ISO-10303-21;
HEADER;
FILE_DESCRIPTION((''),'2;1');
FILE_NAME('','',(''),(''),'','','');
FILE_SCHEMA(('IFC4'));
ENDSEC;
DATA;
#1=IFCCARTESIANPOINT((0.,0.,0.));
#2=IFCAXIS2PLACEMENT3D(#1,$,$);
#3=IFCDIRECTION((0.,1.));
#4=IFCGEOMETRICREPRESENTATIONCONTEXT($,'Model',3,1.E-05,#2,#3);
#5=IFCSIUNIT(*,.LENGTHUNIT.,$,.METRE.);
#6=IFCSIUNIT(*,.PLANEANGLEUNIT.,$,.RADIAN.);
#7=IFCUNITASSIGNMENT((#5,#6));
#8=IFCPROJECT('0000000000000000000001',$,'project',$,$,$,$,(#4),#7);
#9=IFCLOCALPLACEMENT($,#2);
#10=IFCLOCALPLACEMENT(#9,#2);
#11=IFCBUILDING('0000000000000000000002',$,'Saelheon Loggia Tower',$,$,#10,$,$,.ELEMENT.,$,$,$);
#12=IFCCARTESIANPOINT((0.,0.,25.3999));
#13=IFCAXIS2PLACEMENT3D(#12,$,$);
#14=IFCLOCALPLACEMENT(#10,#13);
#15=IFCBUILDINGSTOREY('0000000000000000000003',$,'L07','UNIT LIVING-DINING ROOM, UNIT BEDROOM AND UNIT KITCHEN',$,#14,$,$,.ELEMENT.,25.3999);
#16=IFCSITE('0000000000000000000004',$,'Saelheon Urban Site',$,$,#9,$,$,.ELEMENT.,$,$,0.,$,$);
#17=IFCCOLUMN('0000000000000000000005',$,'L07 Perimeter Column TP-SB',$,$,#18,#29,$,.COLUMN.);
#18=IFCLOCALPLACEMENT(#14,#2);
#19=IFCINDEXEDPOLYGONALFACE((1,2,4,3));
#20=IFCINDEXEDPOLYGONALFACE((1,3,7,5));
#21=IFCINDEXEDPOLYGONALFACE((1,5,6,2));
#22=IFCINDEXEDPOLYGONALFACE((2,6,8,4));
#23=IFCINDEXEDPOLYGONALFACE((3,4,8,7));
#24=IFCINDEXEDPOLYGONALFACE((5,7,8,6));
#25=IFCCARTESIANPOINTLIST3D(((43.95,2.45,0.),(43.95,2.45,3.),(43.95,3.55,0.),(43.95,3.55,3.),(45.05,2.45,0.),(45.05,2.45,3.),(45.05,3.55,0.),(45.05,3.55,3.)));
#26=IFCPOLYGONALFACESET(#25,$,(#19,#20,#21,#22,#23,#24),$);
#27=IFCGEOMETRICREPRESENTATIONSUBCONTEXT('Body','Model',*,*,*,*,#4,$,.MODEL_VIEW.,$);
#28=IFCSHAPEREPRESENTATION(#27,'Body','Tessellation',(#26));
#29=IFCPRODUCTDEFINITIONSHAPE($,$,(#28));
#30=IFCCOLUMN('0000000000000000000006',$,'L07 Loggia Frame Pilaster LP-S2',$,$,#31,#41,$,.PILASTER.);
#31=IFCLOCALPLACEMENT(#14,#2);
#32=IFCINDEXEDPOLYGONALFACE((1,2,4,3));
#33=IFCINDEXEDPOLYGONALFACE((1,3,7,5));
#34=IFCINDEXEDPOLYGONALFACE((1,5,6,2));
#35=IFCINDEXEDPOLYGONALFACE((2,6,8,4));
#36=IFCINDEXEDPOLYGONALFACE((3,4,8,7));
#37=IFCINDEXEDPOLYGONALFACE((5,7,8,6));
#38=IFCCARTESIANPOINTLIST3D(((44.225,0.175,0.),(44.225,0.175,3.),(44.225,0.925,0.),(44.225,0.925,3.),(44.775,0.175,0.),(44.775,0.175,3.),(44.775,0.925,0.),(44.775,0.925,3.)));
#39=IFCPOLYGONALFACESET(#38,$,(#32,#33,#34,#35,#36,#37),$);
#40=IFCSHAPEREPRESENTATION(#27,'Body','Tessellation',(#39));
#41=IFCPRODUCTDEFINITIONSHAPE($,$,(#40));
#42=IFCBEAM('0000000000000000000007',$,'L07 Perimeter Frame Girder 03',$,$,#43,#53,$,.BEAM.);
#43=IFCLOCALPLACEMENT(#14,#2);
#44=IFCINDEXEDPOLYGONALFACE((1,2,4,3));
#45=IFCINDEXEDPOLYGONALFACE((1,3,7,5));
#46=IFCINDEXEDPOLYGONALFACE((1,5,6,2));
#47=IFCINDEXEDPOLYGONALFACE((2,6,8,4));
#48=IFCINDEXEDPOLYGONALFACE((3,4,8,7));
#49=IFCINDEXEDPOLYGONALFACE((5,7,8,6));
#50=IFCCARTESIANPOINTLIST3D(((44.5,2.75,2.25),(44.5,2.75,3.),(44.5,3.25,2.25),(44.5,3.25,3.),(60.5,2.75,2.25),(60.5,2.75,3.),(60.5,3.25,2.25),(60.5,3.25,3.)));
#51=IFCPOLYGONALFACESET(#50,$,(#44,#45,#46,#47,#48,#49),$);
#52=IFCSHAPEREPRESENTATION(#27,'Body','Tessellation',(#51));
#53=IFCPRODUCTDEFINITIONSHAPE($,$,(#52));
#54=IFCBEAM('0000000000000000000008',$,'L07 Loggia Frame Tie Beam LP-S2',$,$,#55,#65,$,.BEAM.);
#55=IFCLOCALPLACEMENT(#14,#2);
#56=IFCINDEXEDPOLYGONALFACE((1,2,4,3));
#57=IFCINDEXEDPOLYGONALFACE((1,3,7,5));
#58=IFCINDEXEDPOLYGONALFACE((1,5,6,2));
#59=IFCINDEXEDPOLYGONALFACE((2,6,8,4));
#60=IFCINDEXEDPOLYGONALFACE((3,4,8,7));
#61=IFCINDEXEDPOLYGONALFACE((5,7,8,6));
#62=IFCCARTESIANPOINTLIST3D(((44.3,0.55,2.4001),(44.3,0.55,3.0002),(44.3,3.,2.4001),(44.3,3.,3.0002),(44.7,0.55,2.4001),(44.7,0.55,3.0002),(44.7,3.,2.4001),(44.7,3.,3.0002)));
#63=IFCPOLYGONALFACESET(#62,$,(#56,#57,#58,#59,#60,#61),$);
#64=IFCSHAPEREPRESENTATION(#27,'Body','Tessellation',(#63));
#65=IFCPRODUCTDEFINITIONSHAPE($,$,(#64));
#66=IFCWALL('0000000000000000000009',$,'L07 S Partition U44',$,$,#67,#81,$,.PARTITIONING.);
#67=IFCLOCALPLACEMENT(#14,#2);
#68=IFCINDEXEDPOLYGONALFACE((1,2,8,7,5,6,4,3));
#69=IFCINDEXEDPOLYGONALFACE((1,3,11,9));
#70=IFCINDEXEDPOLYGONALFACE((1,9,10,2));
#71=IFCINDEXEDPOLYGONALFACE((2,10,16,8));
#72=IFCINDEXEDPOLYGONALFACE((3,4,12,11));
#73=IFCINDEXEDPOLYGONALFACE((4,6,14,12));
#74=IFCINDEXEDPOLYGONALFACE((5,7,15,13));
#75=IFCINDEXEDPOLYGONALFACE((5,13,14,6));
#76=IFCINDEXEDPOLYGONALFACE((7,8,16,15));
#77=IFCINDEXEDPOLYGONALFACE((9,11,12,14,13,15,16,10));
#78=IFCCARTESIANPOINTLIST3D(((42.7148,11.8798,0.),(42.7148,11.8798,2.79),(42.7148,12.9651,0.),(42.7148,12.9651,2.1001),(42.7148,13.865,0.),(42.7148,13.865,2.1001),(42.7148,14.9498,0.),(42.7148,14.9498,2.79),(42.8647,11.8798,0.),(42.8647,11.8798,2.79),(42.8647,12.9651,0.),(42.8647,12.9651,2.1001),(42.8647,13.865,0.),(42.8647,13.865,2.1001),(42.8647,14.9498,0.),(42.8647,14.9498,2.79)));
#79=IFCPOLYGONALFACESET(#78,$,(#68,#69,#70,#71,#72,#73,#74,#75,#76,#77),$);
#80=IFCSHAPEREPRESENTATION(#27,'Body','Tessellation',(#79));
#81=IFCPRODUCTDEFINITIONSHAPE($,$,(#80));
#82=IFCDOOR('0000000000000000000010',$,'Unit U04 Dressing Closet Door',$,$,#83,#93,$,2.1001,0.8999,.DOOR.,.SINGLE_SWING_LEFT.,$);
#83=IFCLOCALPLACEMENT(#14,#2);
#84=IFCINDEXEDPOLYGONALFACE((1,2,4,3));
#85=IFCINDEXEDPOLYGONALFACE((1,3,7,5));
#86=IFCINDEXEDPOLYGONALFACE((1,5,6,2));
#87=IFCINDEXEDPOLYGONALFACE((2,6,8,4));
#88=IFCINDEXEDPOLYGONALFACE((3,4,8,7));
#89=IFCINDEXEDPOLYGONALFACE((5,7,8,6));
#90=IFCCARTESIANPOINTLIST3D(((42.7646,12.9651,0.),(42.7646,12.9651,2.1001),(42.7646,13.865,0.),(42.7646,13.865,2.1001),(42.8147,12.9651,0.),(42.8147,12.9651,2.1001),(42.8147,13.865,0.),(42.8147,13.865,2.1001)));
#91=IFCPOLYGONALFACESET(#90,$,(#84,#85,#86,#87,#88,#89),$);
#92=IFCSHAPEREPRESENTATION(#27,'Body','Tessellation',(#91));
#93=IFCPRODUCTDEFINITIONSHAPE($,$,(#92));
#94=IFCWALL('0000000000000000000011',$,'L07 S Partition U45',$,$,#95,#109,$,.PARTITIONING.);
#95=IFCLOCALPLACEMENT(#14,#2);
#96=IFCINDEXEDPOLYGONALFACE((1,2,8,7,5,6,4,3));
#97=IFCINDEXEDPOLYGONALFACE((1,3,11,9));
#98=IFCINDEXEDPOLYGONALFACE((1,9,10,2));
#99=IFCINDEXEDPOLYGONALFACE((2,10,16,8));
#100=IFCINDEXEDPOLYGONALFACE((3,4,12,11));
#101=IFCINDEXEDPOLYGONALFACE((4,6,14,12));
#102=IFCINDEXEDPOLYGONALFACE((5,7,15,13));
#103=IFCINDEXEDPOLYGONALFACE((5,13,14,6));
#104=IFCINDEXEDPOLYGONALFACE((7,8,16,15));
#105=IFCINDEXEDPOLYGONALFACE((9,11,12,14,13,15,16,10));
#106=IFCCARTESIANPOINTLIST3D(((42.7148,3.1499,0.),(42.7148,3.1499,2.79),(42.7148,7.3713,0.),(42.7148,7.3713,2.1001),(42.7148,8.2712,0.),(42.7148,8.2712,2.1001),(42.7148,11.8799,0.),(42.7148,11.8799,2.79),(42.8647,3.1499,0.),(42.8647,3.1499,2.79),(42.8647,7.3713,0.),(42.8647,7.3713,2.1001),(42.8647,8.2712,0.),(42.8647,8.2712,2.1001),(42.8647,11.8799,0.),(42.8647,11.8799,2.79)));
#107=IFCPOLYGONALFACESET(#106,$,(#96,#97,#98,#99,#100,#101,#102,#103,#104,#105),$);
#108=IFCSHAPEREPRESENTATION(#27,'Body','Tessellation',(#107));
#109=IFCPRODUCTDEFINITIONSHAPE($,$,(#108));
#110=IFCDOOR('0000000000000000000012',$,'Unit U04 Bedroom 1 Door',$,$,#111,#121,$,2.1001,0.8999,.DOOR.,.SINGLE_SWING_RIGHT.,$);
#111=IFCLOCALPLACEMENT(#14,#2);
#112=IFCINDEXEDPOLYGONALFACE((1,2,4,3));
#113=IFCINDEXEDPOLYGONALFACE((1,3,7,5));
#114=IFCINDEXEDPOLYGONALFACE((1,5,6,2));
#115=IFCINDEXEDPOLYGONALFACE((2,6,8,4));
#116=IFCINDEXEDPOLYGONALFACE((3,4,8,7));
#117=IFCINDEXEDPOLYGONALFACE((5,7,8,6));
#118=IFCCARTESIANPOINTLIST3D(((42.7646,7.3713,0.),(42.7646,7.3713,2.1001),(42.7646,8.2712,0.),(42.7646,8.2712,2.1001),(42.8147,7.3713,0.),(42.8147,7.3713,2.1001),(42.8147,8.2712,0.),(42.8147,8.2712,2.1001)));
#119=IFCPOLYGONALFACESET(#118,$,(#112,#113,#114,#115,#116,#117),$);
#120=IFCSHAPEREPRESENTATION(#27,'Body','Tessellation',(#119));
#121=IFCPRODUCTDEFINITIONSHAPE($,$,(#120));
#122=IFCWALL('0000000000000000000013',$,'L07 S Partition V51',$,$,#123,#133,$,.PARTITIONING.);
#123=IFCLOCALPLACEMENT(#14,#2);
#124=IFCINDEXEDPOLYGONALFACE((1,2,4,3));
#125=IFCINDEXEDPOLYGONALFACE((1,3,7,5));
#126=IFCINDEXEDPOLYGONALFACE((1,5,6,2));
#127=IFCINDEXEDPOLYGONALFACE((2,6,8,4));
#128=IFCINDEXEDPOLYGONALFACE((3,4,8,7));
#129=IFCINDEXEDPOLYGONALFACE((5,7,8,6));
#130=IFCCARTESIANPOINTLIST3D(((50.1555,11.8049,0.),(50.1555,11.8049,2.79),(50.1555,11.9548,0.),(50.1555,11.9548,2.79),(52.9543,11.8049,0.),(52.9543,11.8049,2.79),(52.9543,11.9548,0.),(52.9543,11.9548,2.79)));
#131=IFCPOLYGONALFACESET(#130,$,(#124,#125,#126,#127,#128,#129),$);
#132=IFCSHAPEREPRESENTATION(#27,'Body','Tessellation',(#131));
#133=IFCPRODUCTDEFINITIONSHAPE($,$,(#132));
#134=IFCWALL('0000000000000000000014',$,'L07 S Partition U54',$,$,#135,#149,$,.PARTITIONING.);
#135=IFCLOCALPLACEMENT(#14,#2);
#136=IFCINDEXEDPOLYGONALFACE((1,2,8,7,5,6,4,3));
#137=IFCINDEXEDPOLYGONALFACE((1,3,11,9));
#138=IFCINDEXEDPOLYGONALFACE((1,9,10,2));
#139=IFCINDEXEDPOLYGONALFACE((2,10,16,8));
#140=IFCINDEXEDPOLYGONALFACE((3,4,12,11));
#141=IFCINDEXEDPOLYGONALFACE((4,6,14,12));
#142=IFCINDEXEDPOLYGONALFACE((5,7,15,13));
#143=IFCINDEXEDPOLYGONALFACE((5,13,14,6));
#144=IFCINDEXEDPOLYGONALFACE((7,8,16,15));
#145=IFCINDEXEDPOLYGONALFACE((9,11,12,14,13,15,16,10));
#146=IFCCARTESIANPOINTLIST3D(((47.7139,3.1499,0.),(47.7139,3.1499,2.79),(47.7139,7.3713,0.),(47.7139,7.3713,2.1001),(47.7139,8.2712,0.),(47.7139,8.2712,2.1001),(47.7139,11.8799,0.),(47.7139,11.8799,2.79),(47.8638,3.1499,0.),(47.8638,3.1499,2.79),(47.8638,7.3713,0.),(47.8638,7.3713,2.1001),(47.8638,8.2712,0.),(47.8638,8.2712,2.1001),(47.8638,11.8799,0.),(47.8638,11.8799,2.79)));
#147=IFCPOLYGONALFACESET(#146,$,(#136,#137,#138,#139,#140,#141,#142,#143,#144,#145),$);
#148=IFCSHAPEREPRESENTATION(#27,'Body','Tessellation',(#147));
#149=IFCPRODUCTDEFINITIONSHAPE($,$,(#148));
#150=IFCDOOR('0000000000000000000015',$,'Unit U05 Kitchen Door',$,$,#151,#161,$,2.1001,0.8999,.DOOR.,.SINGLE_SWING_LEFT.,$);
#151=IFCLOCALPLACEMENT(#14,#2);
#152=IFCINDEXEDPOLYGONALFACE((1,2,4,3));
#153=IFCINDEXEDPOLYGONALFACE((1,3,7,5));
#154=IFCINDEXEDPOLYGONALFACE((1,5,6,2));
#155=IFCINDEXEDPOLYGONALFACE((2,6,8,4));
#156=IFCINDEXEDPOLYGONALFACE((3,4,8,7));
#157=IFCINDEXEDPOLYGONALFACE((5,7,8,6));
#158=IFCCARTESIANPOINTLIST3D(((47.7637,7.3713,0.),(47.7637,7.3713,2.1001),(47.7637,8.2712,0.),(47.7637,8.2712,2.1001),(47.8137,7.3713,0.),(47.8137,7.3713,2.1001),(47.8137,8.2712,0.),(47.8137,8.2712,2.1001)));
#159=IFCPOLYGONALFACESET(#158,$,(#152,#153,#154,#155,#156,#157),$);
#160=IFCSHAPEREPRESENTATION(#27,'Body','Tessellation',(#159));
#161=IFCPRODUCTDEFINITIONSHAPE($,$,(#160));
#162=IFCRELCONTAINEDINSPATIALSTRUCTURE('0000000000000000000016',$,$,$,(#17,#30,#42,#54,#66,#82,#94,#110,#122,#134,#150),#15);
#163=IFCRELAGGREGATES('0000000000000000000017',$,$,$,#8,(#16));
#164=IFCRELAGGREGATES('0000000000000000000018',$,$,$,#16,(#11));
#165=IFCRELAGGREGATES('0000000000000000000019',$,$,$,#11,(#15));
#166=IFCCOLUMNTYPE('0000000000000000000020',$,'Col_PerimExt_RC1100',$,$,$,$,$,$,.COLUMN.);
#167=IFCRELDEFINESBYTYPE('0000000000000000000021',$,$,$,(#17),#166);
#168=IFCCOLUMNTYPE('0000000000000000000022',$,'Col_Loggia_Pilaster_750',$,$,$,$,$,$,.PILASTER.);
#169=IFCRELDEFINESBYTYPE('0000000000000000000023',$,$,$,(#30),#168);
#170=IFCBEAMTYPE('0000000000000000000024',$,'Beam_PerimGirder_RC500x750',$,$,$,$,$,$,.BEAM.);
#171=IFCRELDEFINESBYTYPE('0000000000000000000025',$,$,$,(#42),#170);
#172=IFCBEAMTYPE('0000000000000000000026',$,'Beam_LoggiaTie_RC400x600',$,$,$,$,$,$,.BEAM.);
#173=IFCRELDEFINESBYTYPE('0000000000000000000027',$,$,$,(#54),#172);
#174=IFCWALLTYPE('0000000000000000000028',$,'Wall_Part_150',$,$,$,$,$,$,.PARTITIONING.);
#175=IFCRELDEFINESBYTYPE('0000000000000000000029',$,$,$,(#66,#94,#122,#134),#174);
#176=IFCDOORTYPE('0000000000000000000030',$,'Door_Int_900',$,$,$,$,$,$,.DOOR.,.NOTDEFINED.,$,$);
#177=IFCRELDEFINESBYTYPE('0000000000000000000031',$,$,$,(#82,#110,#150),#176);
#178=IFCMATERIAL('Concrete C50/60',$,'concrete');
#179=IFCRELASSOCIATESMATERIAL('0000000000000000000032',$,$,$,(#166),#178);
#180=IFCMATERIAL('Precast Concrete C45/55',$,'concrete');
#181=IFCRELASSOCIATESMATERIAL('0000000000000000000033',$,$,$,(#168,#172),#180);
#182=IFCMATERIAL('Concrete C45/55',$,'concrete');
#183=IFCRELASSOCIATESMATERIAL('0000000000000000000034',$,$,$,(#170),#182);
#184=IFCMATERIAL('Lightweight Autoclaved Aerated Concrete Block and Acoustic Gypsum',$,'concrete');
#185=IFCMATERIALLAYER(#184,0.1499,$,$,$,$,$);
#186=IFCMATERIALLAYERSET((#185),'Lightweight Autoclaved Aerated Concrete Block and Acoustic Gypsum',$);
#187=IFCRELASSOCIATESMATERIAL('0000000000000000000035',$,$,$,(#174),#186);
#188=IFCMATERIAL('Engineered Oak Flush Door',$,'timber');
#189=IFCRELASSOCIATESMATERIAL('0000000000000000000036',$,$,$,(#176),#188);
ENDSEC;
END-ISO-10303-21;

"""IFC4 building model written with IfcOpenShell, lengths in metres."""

from ifc_helpers import new_model, si_unit, direction, frame, frame_2d, origin, origin_2d, place, context, subcontext, project, spatial, rectangle, extrude, source, transform, mapped, material, layer, layer_set, material_profile, profile_set, type_object, element, fill, save


model = new_model("IFC4")

# Units and contexts
model_context = context("Model", 3, precision=1e-05, world=origin(), true_north=direction((0.0, 1.0)))
body_context = subcontext(model_context, "Body", "Model", "MODEL_VIEW")
ifc_project = project(units=[si_unit("LENGTHUNIT", "METRE"), si_unit("PLANEANGLEUNIT", "RADIAN")], contexts=[model_context])

# Site, building, storey
site_placement = place(None, origin())
site = spatial("IfcSite", under=ifc_project, at=site_placement, Name="Saelheon Urban Site", CompositionType="ELEMENT", RefElevation=0.0)
building_placement = place(site_placement, origin())
building = spatial("IfcBuilding", under=site, at=building_placement, Name="Saelheon Loggia Tower", CompositionType="ELEMENT")
storey_placement = place(building_placement, frame((0.0, 0.0, 25.3999)))
storey = spatial("IfcBuildingStorey", under=building, at=storey_placement, Name="L07", Description="UNIT LIVING-DINING ROOM, UNIT BEDROOM AND UNIT KITCHEN", CompositionType="ELEMENT", Elevation=25.3999)

# Columns
ifc_material_1 = material(Name="Concrete C50/60", Category="concrete")
ifc_material_profile_1 = material_profile(ifc_material_1, rectangle(XDim=1.1001, YDim=1.1001, at=origin_2d()), Name="RC-1100x1100")
ifc_profile_set_1 = profile_set([ifc_material_profile_1], Name="Concrete C50/60")
column_type_1 = type_object("IfcColumnType", Name="Col_PerimExt_RC1100", PredefinedType="COLUMN", material=ifc_profile_set_1)
shared_shape_1 = source(origin(), body_context, "Body", "SweptSolid", [
    extrude(rectangle(XDim=1.1001, YDim=1.1001, at=origin_2d()), origin(), (0.0, 0.0, 1.0), 3.0),
])
column_1_placement = place(storey_placement, frame((44.5, 3.0, 0.0), z_axis=(0.0, 0.0, 1.0), x_axis=(1.0, 0.0, 0.0)))
element("IfcColumn", 1, at=column_1_placement, inside=storey, type_object=column_type_1, Name="L07 Perimeter Column TP-SB", PredefinedType="COLUMN", context=body_context, shape_type="MappedRepresentation", body=[
    mapped(shared_shape_1, transform((0.0, 0.0, 0.0), scale=1.0)),
])
ifc_material_2 = material(Name="Precast Concrete C45/55", Category="concrete")
ifc_material_profile_2 = material_profile(ifc_material_2, rectangle(XDim=0.55, YDim=0.75, at=origin_2d()), Name="RC-550x750")
ifc_profile_set_2 = profile_set([ifc_material_profile_2], Name="Precast Concrete C45/55")
column_type_2 = type_object("IfcColumnType", Name="Col_Loggia_Pilaster_750", PredefinedType="PILASTER", material=ifc_profile_set_2)
shared_shape_2 = source(origin(), body_context, "Body", "SweptSolid", [
    extrude(rectangle(XDim=0.55, YDim=0.75, at=origin_2d()), origin(), (0.0, 0.0, 1.0), 3.0),
])
column_2_placement = place(storey_placement, frame((44.5, 0.55, 0.0), z_axis=(0.0, 0.0, 1.0), x_axis=(1.0, 0.0, 0.0)))
element("IfcColumn", 2, at=column_2_placement, inside=storey, type_object=column_type_2, Name="L07 Loggia Frame Pilaster LP-S2", PredefinedType="PILASTER", context=body_context, shape_type="MappedRepresentation", body=[
    mapped(shared_shape_2, transform((0.0, 0.0, 0.0), scale=1.0)),
])

# Beams
ifc_material_3 = material(Name="Concrete C45/55", Category="concrete")
ifc_material_profile_3 = material_profile(ifc_material_3, rectangle(XDim=0.5, YDim=0.75, at=origin_2d()), Name="RC-500x750")
ifc_profile_set_3 = profile_set([ifc_material_profile_3], Name="Concrete C45/55")
beam_type_1 = type_object("IfcBeamType", Name="Beam_PerimGirder_RC500x750", PredefinedType="BEAM", material=ifc_profile_set_3)
shared_shape_3 = source(origin(), body_context, "Body", "SweptSolid", [
    extrude(rectangle(XDim=0.5, YDim=0.75, at=origin_2d()), origin(), (0.0, 0.0, 1.0), 16.0),
])
beam_1_placement = place(storey_placement, frame((44.5, 3.0, 2.625), z_axis=(1.0, 0.0, 0.0), x_axis=(0.0, 1.0, 0.0)))
element("IfcBeam", 3, at=beam_1_placement, inside=storey, type_object=beam_type_1, Name="L07 Perimeter Frame Girder 03", PredefinedType="BEAM", context=body_context, shape_type="MappedRepresentation", body=[
    mapped(shared_shape_3, transform((0.0, 0.0, 0.0), scale=1.0)),
])
ifc_material_profile_4 = material_profile(ifc_material_2, rectangle(XDim=0.3999, YDim=0.6001, at=origin_2d()), Name="RC-400x600")
ifc_profile_set_4 = profile_set([ifc_material_profile_4], Name="Precast Concrete C45/55")
beam_type_2 = type_object("IfcBeamType", Name="Beam_LoggiaTie_RC400x600", PredefinedType="BEAM", material=ifc_profile_set_4)
shared_shape_4 = source(origin(), body_context, "Body", "SweptSolid", [
    extrude(rectangle(XDim=0.3999, YDim=0.6001, at=origin_2d()), origin(), (0.0, 0.0, 1.0), 2.45),
])
beam_2_placement = place(storey_placement, frame((44.5, 3.0, 2.7002), z_axis=(0.0, -1.0, 0.0), x_axis=(1.0, 0.0, 0.0)))
element("IfcBeam", 4, at=beam_2_placement, inside=storey, type_object=beam_type_2, Name="L07 Loggia Frame Tie Beam LP-S2", PredefinedType="BEAM", context=body_context, shape_type="MappedRepresentation", body=[
    mapped(shared_shape_4, transform((0.0, 0.0, 0.0), scale=1.0)),
])

# Walls, openings, doors
ifc_material_4 = material(Name="Lightweight Autoclaved Aerated Concrete Block and Acoustic Gypsum", Category="concrete")
ifc_layer_1 = layer(ifc_material_4, 0.1499)
ifc_layer_set_1 = layer_set([ifc_layer_1], Name="Lightweight Autoclaved Aerated Concrete Block and Acoustic Gypsum")
wall_type_1 = type_object("IfcWallType", Name="Wall_Part_150", PredefinedType="PARTITIONING", material=ifc_layer_set_1)
wall_1_placement = place(storey_placement, frame((42.7898, 14.95, 0.0), z_axis=(0.0, 0.0, 1.0), x_axis=(0.0, -1.0, 0.0)))
wall_1 = element("IfcWall", 5, at=wall_1_placement, inside=storey, type_object=wall_type_1, Name="L07 S Partition U44", PredefinedType="PARTITIONING", context=body_context, shape_type="SweptSolid", body=[
    extrude(rectangle(XDim=3.0701, YDim=0.1499, at=frame_2d((1.5352, 0.0))), origin(), (0.0, 0.0, 1.0), 2.79),
])
opening_1_placement = place(wall_1_placement, frame((1.085, 0.0, 0.0)))
opening_1 = element("IfcOpeningElement", 6, at=opening_1_placement, cuts=wall_1, PredefinedType="OPENING", context=body_context, shape_type="SweptSolid", body=[
    extrude(rectangle(XDim=0.8999, YDim=2.1001, at=frame_2d((0.45, 1.05))), frame((0.0, 0.0869, 0.0), z_axis=(0.0, -1.0, 0.0), x_axis=(1.0, 0.0, 0.0)), (0.0, 0.0, 1.0), 0.1738),
])
ifc_material_5 = material(Name="Engineered Oak Flush Door", Category="timber")
door_type = type_object("IfcDoorType", Name="Door_Int_900", OperationType="NOTDEFINED", PredefinedType="DOOR", material=ifc_material_5)
shared_shape_5 = source(origin(), body_context, "Body", "SweptSolid", [
    extrude(rectangle(XDim=0.8999, YDim=2.1001, at=frame_2d((0.45, 1.05))), frame((0.0, 0.0249, 0.0), z_axis=(0.0, -1.0, 0.0), x_axis=(1.0, 0.0, 0.0)), (0.0, 0.0, 1.0), 0.05),
])
door_1_placement = place(opening_1_placement, origin())
door_1 = element("IfcDoor", 7, at=door_1_placement, inside=storey, type_object=door_type, Name="Unit U04 Dressing Closet Door", OperationType="SINGLE_SWING_LEFT", OverallHeight=2.1001, OverallWidth=0.8999, PredefinedType="DOOR", context=body_context, shape_type="MappedRepresentation", body=[
    mapped(shared_shape_5, transform((0.0, 0.0, 0.0), scale=1.0)),
])
fill(opening_1, door_1)
wall_2_placement = place(storey_placement, frame((42.7898, 11.8799, 0.0), z_axis=(0.0, 0.0, 1.0), x_axis=(0.0, -1.0, 0.0)))
wall_2 = element("IfcWall", 8, at=wall_2_placement, inside=storey, type_object=wall_type_1, Name="L07 S Partition U45", PredefinedType="PARTITIONING", context=body_context, shape_type="SweptSolid", body=[
    extrude(rectangle(XDim=8.73, YDim=0.1499, at=frame_2d((4.365, 0.0))), origin(), (0.0, 0.0, 1.0), 2.79),
])
opening_2_placement = place(wall_2_placement, frame((3.6086, 0.0, 0.0)))
opening_2 = element("IfcOpeningElement", 9, at=opening_2_placement, cuts=wall_2, PredefinedType="OPENING", context=body_context, shape_type="SweptSolid", body=[
    extrude(rectangle(XDim=0.8999, YDim=2.1001, at=frame_2d((0.45, 1.05))), frame((0.0, 0.0869, 0.0), z_axis=(0.0, -1.0, 0.0), x_axis=(1.0, 0.0, 0.0)), (0.0, 0.0, 1.0), 0.1738),
])
door_2_placement = place(opening_2_placement, origin())
door_2 = element("IfcDoor", 10, at=door_2_placement, inside=storey, type_object=door_type, Name="Unit U04 Bedroom 1 Door", OperationType="SINGLE_SWING_RIGHT", OverallHeight=2.1001, OverallWidth=0.8999, PredefinedType="DOOR", context=body_context, shape_type="MappedRepresentation", body=[
    mapped(shared_shape_5, transform((0.0, 0.0, 0.0), scale=1.0)),
])
fill(opening_2, door_2)

# Wall
wall_3_placement = place(storey_placement, frame((50.1555, 11.8799, 0.0), z_axis=(0.0, 0.0, 1.0), x_axis=(1.0, 0.0, 0.0)))
element("IfcWall", 11, at=wall_3_placement, inside=storey, type_object=wall_type_1, Name="L07 S Partition V51", PredefinedType="PARTITIONING", context=body_context, shape_type="SweptSolid", body=[
    extrude(rectangle(XDim=2.7988, YDim=0.1499, at=frame_2d((1.3994, 0.0))), origin(), (0.0, 0.0, 1.0), 2.79),
])

# Wall, opening, door
wall_4_placement = place(storey_placement, frame((47.7888, 11.8799, 0.0), z_axis=(0.0, 0.0, 1.0), x_axis=(0.0, -1.0, 0.0)))
wall_4 = element("IfcWall", 12, at=wall_4_placement, inside=storey, type_object=wall_type_1, Name="L07 S Partition U54", PredefinedType="PARTITIONING", context=body_context, shape_type="SweptSolid", body=[
    extrude(rectangle(XDim=8.73, YDim=0.1499, at=frame_2d((4.365, 0.0))), origin(), (0.0, 0.0, 1.0), 2.79),
])
opening_3_placement = place(wall_4_placement, frame((3.6086, 0.0, 0.0)))
opening_3 = element("IfcOpeningElement", 13, at=opening_3_placement, cuts=wall_4, PredefinedType="OPENING", context=body_context, shape_type="SweptSolid", body=[
    extrude(rectangle(XDim=0.8999, YDim=2.1001, at=frame_2d((0.45, 1.05))), frame((0.0, 0.0869, 0.0), z_axis=(0.0, -1.0, 0.0), x_axis=(1.0, 0.0, 0.0)), (0.0, 0.0, 1.0), 0.1738),
])
door_3_placement = place(opening_3_placement, origin())
door_3 = element("IfcDoor", 14, at=door_3_placement, inside=storey, type_object=door_type, Name="Unit U05 Kitchen Door", OperationType="SINGLE_SWING_LEFT", OverallHeight=2.1001, OverallWidth=0.8999, PredefinedType="DOOR", context=body_context, shape_type="MappedRepresentation", body=[
    mapped(shared_shape_5, transform((0.0, 0.0, 0.0), scale=1.0)),
])
fill(opening_3, door_3)

save(model, "model.ifc")
